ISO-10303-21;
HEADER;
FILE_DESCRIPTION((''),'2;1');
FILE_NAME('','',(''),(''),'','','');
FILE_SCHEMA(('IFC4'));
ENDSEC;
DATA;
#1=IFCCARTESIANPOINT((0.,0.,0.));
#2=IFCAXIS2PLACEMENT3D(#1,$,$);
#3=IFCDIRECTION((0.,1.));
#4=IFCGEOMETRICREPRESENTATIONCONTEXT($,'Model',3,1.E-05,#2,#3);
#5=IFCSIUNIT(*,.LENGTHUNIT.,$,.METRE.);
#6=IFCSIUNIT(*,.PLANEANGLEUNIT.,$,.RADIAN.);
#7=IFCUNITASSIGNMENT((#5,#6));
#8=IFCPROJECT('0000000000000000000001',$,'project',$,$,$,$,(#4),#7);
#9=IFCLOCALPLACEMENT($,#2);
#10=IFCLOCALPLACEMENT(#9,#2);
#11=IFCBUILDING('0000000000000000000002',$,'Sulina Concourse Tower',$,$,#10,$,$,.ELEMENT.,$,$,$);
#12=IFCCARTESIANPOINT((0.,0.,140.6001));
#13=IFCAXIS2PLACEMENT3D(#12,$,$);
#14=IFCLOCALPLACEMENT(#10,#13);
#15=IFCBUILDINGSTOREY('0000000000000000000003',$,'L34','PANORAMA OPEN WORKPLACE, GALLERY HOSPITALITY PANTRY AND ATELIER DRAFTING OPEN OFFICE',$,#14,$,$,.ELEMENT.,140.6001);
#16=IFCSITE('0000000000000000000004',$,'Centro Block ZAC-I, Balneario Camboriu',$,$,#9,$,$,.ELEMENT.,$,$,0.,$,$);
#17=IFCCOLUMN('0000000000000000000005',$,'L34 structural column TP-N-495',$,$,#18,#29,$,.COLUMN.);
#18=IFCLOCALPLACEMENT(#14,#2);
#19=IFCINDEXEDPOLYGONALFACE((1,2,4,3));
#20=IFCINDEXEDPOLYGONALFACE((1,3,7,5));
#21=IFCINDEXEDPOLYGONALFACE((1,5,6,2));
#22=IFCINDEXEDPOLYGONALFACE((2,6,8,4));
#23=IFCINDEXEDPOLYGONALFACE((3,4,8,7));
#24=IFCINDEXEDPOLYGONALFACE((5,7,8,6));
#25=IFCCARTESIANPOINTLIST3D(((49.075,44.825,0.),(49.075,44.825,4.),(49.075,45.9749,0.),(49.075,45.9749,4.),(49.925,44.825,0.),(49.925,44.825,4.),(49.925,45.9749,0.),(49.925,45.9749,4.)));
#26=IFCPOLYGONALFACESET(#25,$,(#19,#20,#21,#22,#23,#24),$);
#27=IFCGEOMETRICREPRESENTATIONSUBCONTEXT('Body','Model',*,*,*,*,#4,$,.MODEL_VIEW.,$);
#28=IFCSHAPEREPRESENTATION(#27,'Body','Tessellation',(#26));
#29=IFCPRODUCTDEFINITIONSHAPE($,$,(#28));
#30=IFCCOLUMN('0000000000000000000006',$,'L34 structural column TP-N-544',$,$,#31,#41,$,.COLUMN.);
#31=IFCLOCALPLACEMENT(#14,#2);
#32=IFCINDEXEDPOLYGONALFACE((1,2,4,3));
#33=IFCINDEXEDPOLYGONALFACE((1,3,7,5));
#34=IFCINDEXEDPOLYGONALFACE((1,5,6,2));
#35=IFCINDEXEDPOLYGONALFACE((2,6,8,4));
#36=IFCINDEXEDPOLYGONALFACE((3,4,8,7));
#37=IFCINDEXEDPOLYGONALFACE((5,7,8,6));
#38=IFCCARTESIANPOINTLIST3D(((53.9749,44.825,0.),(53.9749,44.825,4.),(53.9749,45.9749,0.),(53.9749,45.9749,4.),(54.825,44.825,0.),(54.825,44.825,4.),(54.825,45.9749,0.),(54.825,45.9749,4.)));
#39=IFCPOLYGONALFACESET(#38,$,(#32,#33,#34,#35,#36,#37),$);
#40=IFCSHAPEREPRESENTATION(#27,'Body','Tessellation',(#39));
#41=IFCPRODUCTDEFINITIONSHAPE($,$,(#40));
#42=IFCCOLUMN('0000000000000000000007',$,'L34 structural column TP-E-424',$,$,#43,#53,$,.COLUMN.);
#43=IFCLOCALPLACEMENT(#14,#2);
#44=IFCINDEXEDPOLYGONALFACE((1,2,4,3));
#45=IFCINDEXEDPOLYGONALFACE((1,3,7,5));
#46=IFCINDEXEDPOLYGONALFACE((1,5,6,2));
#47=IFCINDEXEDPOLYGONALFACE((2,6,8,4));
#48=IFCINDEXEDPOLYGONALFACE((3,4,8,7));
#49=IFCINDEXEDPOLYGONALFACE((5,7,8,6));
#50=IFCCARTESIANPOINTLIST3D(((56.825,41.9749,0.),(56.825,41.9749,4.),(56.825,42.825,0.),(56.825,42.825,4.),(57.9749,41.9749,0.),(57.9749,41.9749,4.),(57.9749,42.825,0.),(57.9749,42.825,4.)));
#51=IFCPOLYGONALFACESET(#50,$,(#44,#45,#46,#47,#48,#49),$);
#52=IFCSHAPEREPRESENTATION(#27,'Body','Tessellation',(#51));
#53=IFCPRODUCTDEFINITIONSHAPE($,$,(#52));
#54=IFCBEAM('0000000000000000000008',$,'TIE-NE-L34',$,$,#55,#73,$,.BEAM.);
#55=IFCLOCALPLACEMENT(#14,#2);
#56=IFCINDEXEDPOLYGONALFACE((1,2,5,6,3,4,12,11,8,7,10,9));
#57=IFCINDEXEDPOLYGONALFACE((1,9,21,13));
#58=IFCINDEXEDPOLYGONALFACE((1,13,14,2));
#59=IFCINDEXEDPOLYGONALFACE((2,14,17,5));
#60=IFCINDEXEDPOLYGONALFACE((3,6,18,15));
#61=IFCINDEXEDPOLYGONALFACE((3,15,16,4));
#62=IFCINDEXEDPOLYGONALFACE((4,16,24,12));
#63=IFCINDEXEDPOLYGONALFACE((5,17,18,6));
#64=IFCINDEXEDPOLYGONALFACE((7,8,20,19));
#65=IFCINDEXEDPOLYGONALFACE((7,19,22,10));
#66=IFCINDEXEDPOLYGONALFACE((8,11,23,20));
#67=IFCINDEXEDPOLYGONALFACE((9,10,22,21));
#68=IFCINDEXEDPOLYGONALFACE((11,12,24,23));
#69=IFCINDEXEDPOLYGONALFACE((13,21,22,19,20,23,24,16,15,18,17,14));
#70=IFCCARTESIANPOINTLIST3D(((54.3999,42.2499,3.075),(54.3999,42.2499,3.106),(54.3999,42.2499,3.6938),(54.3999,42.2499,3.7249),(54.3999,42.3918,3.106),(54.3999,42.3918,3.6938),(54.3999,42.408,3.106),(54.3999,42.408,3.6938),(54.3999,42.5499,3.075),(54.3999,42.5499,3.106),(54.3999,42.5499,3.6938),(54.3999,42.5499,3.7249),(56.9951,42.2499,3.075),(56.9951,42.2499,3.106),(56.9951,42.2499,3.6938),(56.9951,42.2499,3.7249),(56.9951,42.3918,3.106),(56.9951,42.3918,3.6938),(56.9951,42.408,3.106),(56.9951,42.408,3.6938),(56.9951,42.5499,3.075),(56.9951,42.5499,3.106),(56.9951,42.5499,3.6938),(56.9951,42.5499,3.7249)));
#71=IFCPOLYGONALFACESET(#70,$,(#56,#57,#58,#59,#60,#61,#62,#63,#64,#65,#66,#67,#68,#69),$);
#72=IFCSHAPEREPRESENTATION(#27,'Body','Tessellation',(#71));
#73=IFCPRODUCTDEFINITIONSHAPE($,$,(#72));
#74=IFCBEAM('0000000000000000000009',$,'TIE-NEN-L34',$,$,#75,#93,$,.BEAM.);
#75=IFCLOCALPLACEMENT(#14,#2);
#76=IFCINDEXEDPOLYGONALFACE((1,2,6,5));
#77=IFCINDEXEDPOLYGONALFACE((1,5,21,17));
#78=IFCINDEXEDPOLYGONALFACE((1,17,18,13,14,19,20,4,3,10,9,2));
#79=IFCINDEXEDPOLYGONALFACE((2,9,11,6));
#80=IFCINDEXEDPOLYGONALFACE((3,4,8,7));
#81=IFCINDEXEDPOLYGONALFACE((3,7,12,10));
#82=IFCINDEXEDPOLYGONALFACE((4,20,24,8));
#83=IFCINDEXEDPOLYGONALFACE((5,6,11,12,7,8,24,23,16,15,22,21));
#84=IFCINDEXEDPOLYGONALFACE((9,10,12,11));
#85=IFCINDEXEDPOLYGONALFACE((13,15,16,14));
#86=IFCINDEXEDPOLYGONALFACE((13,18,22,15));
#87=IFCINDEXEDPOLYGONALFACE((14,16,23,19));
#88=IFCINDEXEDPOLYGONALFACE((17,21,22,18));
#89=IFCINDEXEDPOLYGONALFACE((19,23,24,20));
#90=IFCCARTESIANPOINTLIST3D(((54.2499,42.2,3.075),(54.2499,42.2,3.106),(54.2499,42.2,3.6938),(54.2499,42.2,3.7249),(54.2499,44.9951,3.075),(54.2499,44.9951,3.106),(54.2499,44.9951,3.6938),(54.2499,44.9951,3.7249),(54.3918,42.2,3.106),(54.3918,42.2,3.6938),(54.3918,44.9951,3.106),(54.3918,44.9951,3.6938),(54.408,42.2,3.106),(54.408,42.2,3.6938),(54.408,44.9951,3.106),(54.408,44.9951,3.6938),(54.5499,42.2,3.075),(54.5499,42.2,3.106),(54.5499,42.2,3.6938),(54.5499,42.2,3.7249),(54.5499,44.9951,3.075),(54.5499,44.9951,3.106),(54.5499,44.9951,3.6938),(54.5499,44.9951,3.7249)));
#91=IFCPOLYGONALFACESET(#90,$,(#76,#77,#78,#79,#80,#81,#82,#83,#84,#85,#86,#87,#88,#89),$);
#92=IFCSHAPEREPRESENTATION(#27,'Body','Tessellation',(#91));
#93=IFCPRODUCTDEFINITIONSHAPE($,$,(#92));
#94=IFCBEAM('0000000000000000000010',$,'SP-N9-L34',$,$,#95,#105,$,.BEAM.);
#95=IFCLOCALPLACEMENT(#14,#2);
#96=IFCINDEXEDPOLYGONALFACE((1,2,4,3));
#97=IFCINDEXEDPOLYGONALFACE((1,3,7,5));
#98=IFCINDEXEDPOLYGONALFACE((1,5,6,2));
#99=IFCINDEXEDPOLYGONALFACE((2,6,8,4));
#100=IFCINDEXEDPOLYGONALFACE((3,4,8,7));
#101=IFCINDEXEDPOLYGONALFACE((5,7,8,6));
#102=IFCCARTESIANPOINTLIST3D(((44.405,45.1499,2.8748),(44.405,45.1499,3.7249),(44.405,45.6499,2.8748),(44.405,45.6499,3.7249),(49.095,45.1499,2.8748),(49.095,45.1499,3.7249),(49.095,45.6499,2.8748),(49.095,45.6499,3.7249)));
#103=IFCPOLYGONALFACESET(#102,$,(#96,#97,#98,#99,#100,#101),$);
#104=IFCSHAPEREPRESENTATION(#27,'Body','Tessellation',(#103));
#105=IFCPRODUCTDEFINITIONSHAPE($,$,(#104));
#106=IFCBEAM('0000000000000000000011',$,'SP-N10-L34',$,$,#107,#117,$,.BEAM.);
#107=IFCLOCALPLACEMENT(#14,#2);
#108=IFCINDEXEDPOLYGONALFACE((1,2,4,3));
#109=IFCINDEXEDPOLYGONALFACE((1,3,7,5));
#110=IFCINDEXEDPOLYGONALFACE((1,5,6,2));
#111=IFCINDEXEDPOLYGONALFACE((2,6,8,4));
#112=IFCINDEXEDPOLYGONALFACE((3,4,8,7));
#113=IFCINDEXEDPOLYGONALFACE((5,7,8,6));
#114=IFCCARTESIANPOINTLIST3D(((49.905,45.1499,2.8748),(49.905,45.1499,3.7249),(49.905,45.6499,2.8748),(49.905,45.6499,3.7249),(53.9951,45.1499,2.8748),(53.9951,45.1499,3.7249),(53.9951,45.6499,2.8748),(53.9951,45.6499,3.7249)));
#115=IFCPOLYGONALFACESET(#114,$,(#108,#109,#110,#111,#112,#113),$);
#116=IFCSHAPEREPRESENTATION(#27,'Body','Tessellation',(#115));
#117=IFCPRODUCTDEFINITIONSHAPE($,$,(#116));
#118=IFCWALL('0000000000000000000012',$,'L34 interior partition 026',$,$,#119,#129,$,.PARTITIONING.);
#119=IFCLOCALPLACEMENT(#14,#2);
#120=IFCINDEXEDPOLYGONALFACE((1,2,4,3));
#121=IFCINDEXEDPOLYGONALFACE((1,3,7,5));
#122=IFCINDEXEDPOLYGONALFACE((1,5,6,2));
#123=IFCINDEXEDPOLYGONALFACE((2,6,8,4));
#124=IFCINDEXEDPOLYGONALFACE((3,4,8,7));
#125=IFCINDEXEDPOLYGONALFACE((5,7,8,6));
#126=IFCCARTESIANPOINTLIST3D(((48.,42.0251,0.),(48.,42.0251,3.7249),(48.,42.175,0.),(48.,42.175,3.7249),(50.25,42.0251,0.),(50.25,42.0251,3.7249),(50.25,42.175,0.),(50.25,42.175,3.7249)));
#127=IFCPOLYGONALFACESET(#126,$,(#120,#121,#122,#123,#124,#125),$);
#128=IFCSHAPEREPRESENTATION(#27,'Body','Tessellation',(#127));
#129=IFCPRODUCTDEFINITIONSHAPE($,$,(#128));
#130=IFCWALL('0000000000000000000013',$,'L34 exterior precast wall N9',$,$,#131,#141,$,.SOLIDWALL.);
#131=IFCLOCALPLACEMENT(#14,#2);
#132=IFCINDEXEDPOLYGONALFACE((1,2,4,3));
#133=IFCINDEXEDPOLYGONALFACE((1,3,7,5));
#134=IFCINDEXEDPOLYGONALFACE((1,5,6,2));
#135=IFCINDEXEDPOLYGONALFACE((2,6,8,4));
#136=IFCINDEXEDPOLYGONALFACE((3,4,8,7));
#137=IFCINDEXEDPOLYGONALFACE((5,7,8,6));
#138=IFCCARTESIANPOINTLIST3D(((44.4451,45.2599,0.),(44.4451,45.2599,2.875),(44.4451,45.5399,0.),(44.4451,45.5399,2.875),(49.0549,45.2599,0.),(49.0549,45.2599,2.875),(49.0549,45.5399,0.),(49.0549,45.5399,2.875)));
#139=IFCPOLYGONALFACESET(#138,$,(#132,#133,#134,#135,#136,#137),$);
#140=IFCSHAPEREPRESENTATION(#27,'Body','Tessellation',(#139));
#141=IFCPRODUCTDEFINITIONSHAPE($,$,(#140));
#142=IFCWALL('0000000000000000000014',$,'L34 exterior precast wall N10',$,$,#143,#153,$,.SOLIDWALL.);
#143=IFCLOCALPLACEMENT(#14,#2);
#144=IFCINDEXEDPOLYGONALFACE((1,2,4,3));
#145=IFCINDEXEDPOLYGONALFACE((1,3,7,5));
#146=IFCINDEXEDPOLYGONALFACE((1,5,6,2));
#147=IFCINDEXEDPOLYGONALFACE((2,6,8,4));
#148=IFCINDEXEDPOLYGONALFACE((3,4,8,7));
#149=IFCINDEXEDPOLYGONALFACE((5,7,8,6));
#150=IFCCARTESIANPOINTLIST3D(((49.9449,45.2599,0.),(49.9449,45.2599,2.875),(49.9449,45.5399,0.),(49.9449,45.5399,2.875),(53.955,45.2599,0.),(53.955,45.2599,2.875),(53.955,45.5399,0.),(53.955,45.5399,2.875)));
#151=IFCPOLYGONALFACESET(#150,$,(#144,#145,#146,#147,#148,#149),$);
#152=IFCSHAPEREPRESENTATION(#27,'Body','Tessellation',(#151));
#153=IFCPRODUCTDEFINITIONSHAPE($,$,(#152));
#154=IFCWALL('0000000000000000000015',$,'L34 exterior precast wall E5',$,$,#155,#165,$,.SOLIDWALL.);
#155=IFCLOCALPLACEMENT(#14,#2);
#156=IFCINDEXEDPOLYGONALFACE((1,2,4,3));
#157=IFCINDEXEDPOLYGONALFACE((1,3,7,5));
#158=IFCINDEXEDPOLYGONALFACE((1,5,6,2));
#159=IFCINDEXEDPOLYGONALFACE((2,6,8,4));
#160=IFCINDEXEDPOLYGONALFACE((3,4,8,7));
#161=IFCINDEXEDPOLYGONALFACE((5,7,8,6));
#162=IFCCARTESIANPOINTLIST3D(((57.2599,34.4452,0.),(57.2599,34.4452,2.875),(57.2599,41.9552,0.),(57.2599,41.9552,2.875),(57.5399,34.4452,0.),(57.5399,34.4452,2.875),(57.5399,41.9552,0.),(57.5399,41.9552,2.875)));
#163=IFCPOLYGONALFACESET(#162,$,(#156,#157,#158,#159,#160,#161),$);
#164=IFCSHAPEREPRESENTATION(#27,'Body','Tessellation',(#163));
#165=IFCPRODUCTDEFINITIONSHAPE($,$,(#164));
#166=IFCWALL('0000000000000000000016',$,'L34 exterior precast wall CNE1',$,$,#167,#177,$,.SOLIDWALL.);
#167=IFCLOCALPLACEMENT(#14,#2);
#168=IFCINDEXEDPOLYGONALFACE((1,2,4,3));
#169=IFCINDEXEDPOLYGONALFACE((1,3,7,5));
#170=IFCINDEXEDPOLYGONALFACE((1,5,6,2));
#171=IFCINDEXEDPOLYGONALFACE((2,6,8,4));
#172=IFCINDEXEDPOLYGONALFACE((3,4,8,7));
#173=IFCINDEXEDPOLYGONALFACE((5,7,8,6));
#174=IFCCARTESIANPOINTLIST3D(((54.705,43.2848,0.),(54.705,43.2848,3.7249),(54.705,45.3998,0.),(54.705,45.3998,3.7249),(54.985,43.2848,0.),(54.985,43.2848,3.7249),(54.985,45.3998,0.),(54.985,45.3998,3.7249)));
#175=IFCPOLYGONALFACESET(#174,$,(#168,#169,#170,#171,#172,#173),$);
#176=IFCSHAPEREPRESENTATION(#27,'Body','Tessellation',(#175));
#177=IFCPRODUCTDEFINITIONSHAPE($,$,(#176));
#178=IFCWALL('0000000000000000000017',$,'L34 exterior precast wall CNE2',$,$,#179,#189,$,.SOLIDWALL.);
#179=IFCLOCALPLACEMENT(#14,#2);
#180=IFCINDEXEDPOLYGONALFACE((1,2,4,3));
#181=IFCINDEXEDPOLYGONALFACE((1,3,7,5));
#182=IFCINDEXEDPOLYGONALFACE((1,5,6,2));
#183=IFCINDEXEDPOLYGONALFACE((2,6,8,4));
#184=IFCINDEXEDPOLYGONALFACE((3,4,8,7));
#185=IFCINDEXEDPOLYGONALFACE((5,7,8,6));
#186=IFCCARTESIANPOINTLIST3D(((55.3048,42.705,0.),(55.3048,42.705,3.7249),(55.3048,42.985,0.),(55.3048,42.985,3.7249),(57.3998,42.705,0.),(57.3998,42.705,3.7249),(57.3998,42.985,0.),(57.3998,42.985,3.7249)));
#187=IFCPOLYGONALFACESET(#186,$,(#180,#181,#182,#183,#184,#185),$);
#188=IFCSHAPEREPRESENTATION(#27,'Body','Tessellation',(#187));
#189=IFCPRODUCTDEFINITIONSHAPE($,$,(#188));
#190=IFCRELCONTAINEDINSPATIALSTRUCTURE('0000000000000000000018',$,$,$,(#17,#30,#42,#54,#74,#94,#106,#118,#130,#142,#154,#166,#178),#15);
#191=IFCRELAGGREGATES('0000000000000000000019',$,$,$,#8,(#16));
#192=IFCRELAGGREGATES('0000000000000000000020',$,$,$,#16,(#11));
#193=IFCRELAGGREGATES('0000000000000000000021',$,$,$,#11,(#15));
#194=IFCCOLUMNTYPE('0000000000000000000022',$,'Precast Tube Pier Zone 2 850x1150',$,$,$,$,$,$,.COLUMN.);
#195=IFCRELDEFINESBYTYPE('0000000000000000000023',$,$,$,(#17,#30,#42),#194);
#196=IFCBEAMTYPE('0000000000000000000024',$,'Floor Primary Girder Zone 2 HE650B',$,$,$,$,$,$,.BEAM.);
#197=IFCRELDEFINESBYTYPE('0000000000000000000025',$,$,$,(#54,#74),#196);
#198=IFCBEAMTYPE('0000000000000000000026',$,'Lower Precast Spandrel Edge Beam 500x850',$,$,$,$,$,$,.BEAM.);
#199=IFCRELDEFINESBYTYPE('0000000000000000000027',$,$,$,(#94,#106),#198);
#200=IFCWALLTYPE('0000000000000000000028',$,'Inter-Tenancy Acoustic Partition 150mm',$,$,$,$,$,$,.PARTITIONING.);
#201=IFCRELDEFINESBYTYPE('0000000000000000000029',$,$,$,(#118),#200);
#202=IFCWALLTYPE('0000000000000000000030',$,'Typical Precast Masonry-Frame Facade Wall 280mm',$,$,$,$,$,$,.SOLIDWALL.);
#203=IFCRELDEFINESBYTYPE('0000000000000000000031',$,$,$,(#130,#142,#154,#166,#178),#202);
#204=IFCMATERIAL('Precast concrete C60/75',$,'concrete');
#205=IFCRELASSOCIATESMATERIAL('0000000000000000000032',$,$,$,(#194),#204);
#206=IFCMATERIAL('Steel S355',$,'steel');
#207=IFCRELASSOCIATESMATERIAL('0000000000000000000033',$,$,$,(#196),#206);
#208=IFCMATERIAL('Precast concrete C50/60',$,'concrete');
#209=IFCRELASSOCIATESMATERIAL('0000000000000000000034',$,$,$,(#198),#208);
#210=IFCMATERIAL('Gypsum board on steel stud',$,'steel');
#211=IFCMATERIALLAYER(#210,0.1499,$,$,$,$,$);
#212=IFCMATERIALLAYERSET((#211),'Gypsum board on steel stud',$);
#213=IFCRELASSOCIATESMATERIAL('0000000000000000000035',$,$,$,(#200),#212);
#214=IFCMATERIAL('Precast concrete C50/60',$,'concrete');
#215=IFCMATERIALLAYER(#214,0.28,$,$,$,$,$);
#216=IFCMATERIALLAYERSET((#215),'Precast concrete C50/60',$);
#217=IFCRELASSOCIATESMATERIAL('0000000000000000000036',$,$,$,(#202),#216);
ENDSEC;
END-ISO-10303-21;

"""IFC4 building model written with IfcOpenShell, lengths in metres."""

from ifc_helpers import new_model, si_unit, direction, frame, frame_2d, origin, origin_2d, place, context, subcontext, project, spatial, rectangle, i_section, extrude, material, layer, layer_set, material_profile, profile_set, type_object, element, save


model = new_model("IFC4")

# Units and contexts
model_context = context("Model", 3, precision=1e-05, world=origin(), true_north=direction((0.0, 1.0)))
body_context = subcontext(model_context, "Body", "Model", "MODEL_VIEW")
ifc_project = project(units=[si_unit("LENGTHUNIT", "METRE"), si_unit("PLANEANGLEUNIT", "RADIAN")], contexts=[model_context])

# Site, building, storey
site_placement = place(None, origin())
site = spatial("IfcSite", under=ifc_project, at=site_placement, Name="Centro Block ZAC-I, Balneario Camboriu", CompositionType="ELEMENT", RefElevation=0.0)
building_placement = place(site_placement, origin())
building = spatial("IfcBuilding", under=site, at=building_placement, Name="Sulina Concourse Tower", CompositionType="ELEMENT")
storey_placement = place(building_placement, frame((0.0, 0.0, 140.6001)))
storey = spatial("IfcBuildingStorey", under=building, at=storey_placement, Name="L34", Description="PANORAMA OPEN WORKPLACE, GALLERY HOSPITALITY PANTRY AND ATELIER DRAFTING OPEN OFFICE", CompositionType="ELEMENT", Elevation=140.6001)

# Columns
ifc_material_1 = material(Name="Precast concrete C60/75", Category="concrete")
ifc_material_profile_1 = material_profile(ifc_material_1, rectangle(XDim=0.8501, YDim=1.1499, at=origin_2d()), Name="PC 850x1150")
ifc_profile_set_1 = profile_set([ifc_material_profile_1], Name="Precast concrete C60/75")
column_type = type_object("IfcColumnType", Name="Precast Tube Pier Zone 2 850x1150", PredefinedType="COLUMN", material=ifc_profile_set_1)
for number, where, z_axis, x_axis, name in (
    (1, (49.5, 45.3999, 0.0), (0.0, 0.0, 1.0), (1.0, 0.0, 0.0), "L34 structural column TP-N-495"),
    (2, (54.3999, 45.3999, 0.0), (0.0, 0.0, 1.0), (1.0, 0.0, 0.0), "L34 structural column TP-N-544"),
    (3, (57.3999, 42.3999, 0.0), (0.0, 0.0, 1.0), (0.0, 1.0, 0.0), "L34 structural column TP-E-424"),
):
    element("IfcColumn", number, at=place(storey_placement, frame(where, z_axis=z_axis, x_axis=x_axis)), inside=storey, type_object=column_type, Name=name, PredefinedType="COLUMN", context=body_context, shape_type="SweptSolid", body=[
        extrude(rectangle(XDim=0.8501, YDim=1.1499, at=origin_2d()), origin(), (0.0, 0.0, 1.0), 4.0),
    ])

# Beams
ifc_material_2 = material(Name="Steel S355", Category="steel")
ifc_material_profile_2 = material_profile(ifc_material_2, i_section(OverallWidth=0.3, OverallDepth=0.6499, WebThickness=0.0161, FlangeThickness=0.031, at=origin_2d()), Name="HE 650 B")
ifc_profile_set_2 = profile_set([ifc_material_profile_2], Name="Steel S355")
beam_type_1 = type_object("IfcBeamType", Name="Floor Primary Girder Zone 2 HE650B", PredefinedType="BEAM", material=ifc_profile_set_2)
beam_1_placement = place(storey_placement, frame((54.3999, 42.3999, 3.3999), z_axis=(1.0, 0.0, 0.0), x_axis=(0.0, 1.0, 0.0)))
element("IfcBeam", 4, at=beam_1_placement, inside=storey, type_object=beam_type_1, Name="TIE-NE-L34", PredefinedType="BEAM", context=body_context, shape_type="SweptSolid", body=[
    extrude(i_section(OverallWidth=0.3, OverallDepth=0.6499, WebThickness=0.0161, FlangeThickness=0.031, at=origin_2d()), origin(), (0.0, 0.0, 1.0), 2.5952),
])
beam_2_placement = place(storey_placement, frame((54.3999, 42.2, 3.3999), z_axis=(0.0, 1.0, 0.0), x_axis=(-1.0, 0.0, 0.0)))
element("IfcBeam", 5, at=beam_2_placement, inside=storey, type_object=beam_type_1, Name="TIE-NEN-L34", PredefinedType="BEAM", context=body_context, shape_type="SweptSolid", body=[
    extrude(i_section(OverallWidth=0.3, OverallDepth=0.6499, WebThickness=0.0161, FlangeThickness=0.031, at=origin_2d()), origin(), (0.0, 0.0, 1.0), 2.7952),
])
ifc_material_3 = material(Name="Precast concrete C50/60", Category="concrete")
ifc_material_profile_3 = material_profile(ifc_material_3, rectangle(XDim=0.5, YDim=0.8501, at=origin_2d()), Name="RC 500x850")
ifc_profile_set_3 = profile_set([ifc_material_profile_3], Name="Precast concrete C50/60")
beam_type_2 = type_object("IfcBeamType", Name="Lower Precast Spandrel Edge Beam 500x850", PredefinedType="BEAM", material=ifc_profile_set_3)
beam_3_placement = place(storey_placement, frame((44.405, 45.3999, 3.2998), z_axis=(1.0, 0.0, 0.0), x_axis=(0.0, 1.0, 0.0)))
element("IfcBeam", 6, at=beam_3_placement, inside=storey, type_object=beam_type_2, Name="SP-N9-L34", PredefinedType="BEAM", context=body_context, shape_type="SweptSolid", body=[
    extrude(rectangle(XDim=0.5, YDim=0.8501, at=origin_2d()), origin(), (0.0, 0.0, 1.0), 4.6899),
])
beam_4_placement = place(storey_placement, frame((49.905, 45.3999, 3.2998), z_axis=(1.0, 0.0, 0.0), x_axis=(0.0, 1.0, 0.0)))
element("IfcBeam", 7, at=beam_4_placement, inside=storey, type_object=beam_type_2, Name="SP-N10-L34", PredefinedType="BEAM", context=body_context, shape_type="SweptSolid", body=[
    extrude(rectangle(XDim=0.5, YDim=0.8501, at=origin_2d()), origin(), (0.0, 0.0, 1.0), 4.0901),
])

# Walls
ifc_material_4 = material(Name="Gypsum board on steel stud", Category="steel")
ifc_layer_1 = layer(ifc_material_4, 0.1499)
ifc_layer_set_1 = layer_set([ifc_layer_1], Name="Gypsum board on steel stud")
wall_type_1 = type_object("IfcWallType", Name="Inter-Tenancy Acoustic Partition 150mm", PredefinedType="PARTITIONING", material=ifc_layer_set_1)
wall_1_placement = place(storey_placement, frame((48.0, 42.1001, 0.0), z_axis=(0.0, 0.0, 1.0), x_axis=(1.0, 0.0, 0.0)))
element("IfcWall", 8, at=wall_1_placement, inside=storey, type_object=wall_type_1, Name="L34 interior partition 026", PredefinedType="PARTITIONING", context=body_context, shape_type="SweptSolid", body=[
    extrude(rectangle(XDim=2.25, YDim=0.1499, at=frame_2d((1.125, 0.0))), origin(), (0.0, 0.0, 1.0), 3.7249),
])
ifc_material_5 = material(Name="Precast concrete C50/60", Category="concrete")
ifc_layer_2 = layer(ifc_material_5, 0.28)
ifc_layer_set_2 = layer_set([ifc_layer_2], Name="Precast concrete C50/60")
wall_type_2 = type_object("IfcWallType", Name="Typical Precast Masonry-Frame Facade Wall 280mm", PredefinedType="SOLIDWALL", material=ifc_layer_set_2)
wall_2_placement = place(storey_placement, frame((44.4451, 45.3999, 0.0), z_axis=(0.0, 0.0, 1.0), x_axis=(1.0, 0.0, 0.0)))
element("IfcWall", 9, at=wall_2_placement, inside=storey, type_object=wall_type_2, Name="L34 exterior precast wall N9", PredefinedType="SOLIDWALL", context=body_context, shape_type="SweptSolid", body=[
    extrude(rectangle(XDim=4.6099, YDim=0.28, at=frame_2d((2.3049, 0.0))), origin(), (0.0, 0.0, 1.0), 2.875),
])
wall_3_placement = place(storey_placement, frame((49.9451, 45.3999, 0.0), z_axis=(0.0, 0.0, 1.0), x_axis=(1.0, 0.0, 0.0)))
element("IfcWall", 10, at=wall_3_placement, inside=storey, type_object=wall_type_2, Name="L34 exterior precast wall N10", PredefinedType="SOLIDWALL", context=body_context, shape_type="SweptSolid", body=[
    extrude(rectangle(XDim=4.01, YDim=0.28, at=frame_2d((2.0049, 0.0))), origin(), (0.0, 0.0, 1.0), 2.875),
])
wall_4_placement = place(storey_placement, frame((57.3999, 41.9551, 0.0), z_axis=(0.0, 0.0, 1.0), x_axis=(0.0, -1.0, 0.0)))
element("IfcWall", 11, at=wall_4_placement, inside=storey, type_object=wall_type_2, Name="L34 exterior precast wall E5", PredefinedType="SOLIDWALL", context=body_context, shape_type="SweptSolid", body=[
    extrude(rectangle(XDim=7.51, YDim=0.28, at=frame_2d((3.7549, 0.0))), origin(), (0.0, 0.0, 1.0), 2.875),
])
wall_5_placement = place(storey_placement, frame((54.845, 45.3999, 0.0), z_axis=(0.0, 0.0, 1.0), x_axis=(0.0, -1.0, 0.0)))
element("IfcWall", 12, at=wall_5_placement, inside=storey, type_object=wall_type_2, Name="L34 exterior precast wall CNE1", PredefinedType="SOLIDWALL", context=body_context, shape_type="SweptSolid", body=[
    extrude(rectangle(XDim=2.115, YDim=0.28, at=frame_2d((1.0576, 0.0))), origin(), (0.0, 0.0, 1.0), 3.7249),
])
wall_6_placement = place(storey_placement, frame((55.3049, 42.845, 0.0), z_axis=(0.0, 0.0, 1.0), x_axis=(1.0, 0.0, 0.0)))
element("IfcWall", 13, at=wall_6_placement, inside=storey, type_object=wall_type_2, Name="L34 exterior precast wall CNE2", PredefinedType="SOLIDWALL", context=body_context, shape_type="SweptSolid", body=[
    extrude(rectangle(XDim=2.095, YDim=0.28, at=frame_2d((1.0474, 0.0))), origin(), (0.0, 0.0, 1.0), 3.7249),
])

save(model, "model.ifc")
